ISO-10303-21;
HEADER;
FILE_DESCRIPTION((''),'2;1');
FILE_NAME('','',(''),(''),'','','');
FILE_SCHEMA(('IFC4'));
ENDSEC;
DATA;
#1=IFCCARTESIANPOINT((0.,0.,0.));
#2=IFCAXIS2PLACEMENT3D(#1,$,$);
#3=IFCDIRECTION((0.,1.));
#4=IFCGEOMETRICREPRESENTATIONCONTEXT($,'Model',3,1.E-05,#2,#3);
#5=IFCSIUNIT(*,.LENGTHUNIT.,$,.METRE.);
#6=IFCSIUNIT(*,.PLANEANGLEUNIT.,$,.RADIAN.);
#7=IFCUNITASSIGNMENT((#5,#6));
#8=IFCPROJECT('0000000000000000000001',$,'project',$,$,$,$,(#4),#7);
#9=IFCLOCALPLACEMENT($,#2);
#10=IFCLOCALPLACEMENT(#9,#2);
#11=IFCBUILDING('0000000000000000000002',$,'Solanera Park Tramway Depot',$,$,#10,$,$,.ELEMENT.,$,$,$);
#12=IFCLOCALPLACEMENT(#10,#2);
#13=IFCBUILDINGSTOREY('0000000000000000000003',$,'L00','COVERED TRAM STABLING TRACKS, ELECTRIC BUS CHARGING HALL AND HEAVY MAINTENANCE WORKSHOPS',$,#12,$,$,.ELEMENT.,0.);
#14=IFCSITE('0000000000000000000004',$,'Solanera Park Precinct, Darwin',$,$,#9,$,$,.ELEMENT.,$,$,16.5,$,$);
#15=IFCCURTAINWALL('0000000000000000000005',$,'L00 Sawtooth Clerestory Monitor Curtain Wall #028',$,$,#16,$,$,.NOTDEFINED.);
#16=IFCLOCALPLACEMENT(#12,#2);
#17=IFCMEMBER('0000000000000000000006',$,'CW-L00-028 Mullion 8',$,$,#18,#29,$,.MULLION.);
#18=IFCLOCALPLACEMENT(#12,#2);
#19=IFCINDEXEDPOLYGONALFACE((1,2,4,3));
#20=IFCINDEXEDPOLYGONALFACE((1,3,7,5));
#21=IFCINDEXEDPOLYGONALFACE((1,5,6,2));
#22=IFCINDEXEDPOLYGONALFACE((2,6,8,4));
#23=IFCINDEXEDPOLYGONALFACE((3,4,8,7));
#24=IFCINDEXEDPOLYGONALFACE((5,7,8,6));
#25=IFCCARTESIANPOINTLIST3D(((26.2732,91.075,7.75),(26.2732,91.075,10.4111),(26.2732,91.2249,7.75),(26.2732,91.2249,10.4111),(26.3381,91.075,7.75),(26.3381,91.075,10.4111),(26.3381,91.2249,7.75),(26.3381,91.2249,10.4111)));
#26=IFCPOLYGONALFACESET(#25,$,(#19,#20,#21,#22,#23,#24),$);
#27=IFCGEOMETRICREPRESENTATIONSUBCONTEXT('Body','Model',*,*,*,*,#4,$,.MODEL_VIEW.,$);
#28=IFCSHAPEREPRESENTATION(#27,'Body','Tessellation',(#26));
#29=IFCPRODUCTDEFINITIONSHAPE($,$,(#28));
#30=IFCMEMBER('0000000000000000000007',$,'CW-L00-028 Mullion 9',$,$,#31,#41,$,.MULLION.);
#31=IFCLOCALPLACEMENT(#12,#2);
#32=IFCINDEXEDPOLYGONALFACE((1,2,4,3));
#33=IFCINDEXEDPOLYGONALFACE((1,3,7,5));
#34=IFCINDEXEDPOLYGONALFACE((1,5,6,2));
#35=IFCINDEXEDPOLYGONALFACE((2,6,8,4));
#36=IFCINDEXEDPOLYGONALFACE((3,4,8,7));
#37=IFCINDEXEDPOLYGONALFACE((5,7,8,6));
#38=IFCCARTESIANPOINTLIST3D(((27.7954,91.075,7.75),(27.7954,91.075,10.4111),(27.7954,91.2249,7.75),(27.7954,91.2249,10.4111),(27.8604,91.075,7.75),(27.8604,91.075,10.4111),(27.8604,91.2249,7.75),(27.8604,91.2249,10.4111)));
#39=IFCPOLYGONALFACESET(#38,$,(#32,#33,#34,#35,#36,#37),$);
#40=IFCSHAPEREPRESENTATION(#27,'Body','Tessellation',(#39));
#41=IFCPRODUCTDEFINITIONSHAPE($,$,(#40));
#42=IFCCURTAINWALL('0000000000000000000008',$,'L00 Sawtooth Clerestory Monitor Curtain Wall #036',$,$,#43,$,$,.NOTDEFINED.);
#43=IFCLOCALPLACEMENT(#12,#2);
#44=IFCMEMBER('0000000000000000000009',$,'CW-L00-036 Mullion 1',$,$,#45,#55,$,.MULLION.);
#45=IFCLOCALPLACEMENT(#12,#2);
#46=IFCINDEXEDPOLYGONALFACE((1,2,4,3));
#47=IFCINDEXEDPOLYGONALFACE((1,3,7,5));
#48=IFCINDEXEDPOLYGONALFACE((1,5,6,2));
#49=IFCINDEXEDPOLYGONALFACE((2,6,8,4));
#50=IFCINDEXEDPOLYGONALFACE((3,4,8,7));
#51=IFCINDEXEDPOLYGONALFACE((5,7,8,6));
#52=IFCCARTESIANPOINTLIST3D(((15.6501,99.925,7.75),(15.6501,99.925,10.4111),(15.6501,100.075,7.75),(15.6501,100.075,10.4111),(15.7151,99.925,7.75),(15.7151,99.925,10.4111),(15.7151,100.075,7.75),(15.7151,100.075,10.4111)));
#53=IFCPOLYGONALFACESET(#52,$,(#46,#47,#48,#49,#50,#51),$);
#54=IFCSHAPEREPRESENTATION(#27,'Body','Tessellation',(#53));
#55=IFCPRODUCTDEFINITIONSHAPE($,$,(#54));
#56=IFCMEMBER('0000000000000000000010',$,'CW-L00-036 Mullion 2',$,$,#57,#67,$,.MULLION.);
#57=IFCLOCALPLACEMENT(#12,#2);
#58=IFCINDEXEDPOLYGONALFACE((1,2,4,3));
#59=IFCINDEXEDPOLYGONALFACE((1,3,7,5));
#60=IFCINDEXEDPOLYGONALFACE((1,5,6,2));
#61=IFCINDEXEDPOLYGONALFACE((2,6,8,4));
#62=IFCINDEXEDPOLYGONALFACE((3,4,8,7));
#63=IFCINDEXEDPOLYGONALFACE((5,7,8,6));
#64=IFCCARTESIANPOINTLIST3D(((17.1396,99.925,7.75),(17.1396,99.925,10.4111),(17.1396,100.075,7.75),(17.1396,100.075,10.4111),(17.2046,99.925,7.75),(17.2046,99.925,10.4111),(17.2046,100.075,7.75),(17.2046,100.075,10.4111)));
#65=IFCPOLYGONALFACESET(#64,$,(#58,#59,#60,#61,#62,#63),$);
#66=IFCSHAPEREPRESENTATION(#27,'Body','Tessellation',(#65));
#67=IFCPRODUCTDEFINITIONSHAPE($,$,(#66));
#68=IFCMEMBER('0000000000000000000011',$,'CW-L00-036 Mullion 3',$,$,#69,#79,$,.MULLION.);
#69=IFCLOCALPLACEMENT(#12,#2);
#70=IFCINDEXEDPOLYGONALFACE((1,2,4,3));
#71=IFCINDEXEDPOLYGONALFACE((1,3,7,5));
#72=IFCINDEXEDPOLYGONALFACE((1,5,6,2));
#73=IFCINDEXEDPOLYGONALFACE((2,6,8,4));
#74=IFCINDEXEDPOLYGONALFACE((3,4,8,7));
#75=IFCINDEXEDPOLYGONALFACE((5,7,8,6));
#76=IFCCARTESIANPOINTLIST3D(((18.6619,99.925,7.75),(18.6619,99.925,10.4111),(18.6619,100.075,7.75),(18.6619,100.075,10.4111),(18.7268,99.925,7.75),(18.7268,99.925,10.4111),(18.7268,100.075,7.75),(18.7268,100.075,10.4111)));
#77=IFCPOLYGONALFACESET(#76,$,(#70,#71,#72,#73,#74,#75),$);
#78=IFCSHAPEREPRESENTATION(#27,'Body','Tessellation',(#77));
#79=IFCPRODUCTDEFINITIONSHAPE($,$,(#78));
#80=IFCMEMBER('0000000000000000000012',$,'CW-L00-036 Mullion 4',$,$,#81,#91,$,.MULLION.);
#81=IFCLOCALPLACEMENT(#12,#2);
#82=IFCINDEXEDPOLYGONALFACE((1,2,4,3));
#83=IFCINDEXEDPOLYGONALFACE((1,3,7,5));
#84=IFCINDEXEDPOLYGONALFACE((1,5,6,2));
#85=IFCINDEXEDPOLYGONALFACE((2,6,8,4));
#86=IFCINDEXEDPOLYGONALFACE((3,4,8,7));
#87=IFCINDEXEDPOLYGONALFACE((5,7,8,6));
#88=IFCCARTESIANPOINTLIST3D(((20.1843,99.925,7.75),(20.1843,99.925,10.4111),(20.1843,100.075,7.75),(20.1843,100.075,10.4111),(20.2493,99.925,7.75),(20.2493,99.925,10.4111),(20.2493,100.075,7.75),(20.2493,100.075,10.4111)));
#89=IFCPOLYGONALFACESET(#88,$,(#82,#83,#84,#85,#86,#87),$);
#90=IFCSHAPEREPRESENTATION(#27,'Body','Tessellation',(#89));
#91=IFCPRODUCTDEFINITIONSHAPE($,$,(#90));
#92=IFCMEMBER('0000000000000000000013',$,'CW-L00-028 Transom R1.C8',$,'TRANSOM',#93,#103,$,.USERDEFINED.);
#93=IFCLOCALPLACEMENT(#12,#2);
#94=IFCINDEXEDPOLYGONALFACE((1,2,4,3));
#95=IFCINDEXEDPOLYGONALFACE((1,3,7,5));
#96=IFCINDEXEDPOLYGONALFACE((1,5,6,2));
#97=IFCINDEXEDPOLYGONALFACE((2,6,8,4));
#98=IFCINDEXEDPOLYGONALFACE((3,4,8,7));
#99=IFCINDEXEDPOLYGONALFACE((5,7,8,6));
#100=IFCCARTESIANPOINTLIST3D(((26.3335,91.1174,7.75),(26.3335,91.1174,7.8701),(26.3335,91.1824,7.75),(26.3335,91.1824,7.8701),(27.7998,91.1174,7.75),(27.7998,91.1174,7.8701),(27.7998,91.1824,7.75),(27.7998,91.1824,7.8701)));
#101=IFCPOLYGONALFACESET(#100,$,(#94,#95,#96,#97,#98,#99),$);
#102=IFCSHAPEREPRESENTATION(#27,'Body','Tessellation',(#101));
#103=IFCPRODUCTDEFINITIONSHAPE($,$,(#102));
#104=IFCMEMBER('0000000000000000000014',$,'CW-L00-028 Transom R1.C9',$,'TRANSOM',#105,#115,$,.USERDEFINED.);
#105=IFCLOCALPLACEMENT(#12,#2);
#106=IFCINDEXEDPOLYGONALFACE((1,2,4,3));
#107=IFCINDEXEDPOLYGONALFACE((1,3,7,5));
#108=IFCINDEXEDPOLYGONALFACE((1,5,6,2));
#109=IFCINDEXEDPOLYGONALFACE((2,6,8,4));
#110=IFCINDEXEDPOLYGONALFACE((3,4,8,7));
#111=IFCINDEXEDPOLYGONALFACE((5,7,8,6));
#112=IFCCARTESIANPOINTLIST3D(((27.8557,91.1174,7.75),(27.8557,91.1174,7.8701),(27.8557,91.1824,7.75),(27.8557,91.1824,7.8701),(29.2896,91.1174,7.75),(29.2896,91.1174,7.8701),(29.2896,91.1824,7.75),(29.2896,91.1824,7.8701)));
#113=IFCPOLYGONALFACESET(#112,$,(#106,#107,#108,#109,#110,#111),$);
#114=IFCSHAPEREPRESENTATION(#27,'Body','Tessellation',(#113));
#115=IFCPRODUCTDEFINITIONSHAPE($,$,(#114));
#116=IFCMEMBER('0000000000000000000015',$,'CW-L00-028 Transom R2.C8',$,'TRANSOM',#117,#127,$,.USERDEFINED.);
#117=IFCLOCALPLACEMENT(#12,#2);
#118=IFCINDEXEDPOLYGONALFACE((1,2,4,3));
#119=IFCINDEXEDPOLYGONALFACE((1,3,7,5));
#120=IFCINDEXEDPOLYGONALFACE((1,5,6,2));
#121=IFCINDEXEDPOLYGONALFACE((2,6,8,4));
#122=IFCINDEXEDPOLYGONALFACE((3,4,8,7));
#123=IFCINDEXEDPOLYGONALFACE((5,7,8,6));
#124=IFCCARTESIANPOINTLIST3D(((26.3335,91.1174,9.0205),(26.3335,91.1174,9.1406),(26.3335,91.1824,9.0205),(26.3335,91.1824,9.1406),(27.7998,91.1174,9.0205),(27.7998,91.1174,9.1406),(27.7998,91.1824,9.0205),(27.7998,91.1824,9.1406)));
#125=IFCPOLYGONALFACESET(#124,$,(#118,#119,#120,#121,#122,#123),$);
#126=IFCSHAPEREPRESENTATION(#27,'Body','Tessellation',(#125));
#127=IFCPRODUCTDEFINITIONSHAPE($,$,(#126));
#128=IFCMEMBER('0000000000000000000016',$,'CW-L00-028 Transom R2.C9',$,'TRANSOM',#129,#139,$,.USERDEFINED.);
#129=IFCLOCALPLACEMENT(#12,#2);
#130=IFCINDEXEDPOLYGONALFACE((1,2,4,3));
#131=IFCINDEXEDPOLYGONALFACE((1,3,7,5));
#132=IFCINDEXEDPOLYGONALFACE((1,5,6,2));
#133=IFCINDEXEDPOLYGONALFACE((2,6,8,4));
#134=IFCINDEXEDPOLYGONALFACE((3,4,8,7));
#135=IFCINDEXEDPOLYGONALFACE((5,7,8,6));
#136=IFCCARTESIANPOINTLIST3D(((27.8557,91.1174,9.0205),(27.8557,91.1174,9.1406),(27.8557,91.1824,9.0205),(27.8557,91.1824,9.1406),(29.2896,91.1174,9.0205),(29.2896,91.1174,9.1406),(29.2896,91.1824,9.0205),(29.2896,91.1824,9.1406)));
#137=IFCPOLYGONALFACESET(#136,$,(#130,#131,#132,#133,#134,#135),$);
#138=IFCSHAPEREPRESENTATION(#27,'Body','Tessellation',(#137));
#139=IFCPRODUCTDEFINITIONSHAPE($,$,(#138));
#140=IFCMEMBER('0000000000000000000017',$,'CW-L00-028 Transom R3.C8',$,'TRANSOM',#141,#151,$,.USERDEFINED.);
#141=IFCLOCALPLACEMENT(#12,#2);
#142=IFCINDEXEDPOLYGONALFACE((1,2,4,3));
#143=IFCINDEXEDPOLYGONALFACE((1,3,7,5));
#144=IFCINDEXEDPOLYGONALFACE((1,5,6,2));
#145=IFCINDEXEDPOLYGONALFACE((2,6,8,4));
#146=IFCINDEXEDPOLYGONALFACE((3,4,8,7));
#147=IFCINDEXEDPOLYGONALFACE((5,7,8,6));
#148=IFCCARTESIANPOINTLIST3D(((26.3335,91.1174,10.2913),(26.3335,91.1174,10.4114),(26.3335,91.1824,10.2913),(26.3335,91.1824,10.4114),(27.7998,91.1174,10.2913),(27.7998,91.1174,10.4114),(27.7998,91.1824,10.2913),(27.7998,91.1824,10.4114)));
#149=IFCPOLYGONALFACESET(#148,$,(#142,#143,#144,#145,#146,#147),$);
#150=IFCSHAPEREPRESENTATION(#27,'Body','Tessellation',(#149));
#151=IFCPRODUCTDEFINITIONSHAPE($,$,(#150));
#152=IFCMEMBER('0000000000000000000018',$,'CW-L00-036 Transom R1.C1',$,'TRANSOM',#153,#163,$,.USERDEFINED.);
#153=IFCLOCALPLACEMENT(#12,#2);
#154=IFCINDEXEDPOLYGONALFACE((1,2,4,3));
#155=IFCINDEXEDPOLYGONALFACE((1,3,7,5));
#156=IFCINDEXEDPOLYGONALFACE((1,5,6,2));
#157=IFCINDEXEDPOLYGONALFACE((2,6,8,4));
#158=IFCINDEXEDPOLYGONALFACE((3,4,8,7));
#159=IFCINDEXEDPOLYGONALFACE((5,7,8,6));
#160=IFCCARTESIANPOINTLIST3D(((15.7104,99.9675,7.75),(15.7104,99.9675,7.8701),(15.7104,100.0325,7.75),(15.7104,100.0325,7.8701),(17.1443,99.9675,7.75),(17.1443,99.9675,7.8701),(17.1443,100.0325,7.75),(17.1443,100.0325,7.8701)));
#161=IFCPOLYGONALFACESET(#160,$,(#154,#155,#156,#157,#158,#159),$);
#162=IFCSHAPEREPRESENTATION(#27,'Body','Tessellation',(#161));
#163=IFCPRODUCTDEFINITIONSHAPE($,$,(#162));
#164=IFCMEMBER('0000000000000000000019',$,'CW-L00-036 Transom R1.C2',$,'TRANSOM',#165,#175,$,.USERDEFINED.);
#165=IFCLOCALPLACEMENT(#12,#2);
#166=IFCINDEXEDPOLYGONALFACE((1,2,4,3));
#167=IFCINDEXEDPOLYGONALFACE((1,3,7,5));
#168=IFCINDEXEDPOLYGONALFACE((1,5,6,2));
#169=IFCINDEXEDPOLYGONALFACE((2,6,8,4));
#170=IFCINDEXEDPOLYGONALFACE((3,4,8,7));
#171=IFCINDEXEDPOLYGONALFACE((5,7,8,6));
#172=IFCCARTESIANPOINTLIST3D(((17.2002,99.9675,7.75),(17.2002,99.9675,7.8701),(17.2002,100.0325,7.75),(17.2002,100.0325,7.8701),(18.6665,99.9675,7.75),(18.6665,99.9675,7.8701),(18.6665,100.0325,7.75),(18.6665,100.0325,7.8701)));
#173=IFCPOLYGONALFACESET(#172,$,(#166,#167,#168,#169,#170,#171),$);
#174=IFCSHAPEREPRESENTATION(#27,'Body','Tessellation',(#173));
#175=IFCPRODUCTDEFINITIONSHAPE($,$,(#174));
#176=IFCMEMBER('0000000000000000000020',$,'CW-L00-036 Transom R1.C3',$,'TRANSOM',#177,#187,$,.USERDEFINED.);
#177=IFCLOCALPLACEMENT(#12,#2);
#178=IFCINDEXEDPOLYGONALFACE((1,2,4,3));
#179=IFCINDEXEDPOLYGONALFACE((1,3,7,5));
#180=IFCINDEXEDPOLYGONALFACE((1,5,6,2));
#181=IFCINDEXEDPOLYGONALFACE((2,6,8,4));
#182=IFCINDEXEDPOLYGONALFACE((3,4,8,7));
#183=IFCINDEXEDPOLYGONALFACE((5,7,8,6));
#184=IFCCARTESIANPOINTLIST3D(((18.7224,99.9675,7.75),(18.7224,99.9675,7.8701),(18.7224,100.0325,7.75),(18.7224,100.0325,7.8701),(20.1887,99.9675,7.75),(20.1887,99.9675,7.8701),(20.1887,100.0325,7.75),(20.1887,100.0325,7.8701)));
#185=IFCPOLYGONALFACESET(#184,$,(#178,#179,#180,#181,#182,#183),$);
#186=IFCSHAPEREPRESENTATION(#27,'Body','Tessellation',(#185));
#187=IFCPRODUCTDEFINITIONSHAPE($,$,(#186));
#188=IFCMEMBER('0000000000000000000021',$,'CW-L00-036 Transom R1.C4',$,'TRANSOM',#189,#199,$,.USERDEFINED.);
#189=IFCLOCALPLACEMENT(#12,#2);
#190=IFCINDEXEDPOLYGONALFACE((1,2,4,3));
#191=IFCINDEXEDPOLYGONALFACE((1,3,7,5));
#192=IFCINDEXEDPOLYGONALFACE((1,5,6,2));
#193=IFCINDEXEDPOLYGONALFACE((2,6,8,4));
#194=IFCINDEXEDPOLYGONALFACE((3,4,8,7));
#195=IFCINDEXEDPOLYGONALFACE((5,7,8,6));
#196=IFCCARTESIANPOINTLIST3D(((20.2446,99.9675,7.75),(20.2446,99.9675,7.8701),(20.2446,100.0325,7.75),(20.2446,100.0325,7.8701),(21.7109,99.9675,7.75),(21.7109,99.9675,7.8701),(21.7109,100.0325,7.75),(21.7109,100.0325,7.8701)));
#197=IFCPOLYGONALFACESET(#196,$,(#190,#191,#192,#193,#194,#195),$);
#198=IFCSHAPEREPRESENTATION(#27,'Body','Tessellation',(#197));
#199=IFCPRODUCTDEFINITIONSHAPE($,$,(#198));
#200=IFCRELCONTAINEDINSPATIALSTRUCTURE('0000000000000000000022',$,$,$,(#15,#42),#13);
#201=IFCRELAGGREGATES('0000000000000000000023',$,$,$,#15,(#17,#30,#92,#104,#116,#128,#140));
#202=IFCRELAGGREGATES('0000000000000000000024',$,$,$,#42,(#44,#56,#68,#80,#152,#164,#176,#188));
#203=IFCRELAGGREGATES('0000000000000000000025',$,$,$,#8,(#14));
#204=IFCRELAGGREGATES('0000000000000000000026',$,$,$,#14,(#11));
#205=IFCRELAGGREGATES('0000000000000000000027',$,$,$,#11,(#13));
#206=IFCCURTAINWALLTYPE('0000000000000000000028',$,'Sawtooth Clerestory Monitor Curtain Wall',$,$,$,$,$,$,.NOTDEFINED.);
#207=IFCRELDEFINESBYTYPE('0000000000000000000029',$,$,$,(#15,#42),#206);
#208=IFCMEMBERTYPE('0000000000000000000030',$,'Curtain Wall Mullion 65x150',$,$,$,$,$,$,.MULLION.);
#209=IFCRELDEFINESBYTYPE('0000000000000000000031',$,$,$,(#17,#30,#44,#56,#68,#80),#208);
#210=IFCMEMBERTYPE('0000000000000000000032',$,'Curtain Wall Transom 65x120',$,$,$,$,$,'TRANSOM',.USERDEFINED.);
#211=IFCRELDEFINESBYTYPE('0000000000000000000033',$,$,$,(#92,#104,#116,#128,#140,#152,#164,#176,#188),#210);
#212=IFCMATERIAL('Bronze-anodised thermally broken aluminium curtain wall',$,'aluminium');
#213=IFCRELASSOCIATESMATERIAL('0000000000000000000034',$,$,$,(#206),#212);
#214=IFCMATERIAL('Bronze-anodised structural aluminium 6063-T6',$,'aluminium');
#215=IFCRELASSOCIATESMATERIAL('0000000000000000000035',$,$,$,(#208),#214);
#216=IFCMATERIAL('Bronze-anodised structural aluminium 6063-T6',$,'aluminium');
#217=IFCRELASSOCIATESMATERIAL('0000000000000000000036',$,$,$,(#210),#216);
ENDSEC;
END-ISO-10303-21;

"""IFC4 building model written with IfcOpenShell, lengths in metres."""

from ifc_helpers import new_model, si_unit, direction, frame, origin, origin_2d, place, context, subcontext, project, spatial, rectangle, extrude, material, material_profile, profile_set, type_object, element, aggregate, save


model = new_model("IFC4")

# Units and contexts
model_context = context("Model", 3, precision=1e-05, world=origin(), true_north=direction((0.0, 1.0)))
body_context = subcontext(model_context, "Body", "Model", "MODEL_VIEW")
ifc_project = project(units=[si_unit("LENGTHUNIT", "METRE"), si_unit("PLANEANGLEUNIT", "RADIAN")], contexts=[model_context])

# Site, building, storey
site_placement = place(None, origin())
site = spatial("IfcSite", under=ifc_project, at=site_placement, Name="Solanera Park Precinct, Darwin", CompositionType="ELEMENT", RefElevation=16.5)
building_placement = place(site_placement, origin())
building = spatial("IfcBuilding", under=site, at=building_placement, Name="Solanera Park Tramway Depot", CompositionType="ELEMENT")
storey_placement = place(building_placement, origin())
storey = spatial("IfcBuildingStorey", under=building, at=storey_placement, Name="L00", Description="COVERED TRAM STABLING TRACKS, ELECTRIC BUS CHARGING HALL AND HEAVY MAINTENANCE WORKSHOPS", CompositionType="ELEMENT", Elevation=0.0)

# Curtain walls, members
ifc_material_1 = material(Name="Bronze-anodised thermally broken aluminium curtain wall", Category="aluminium")
curtain_wall_type = type_object("IfcCurtainWallType", Name="Sawtooth Clerestory Monitor Curtain Wall", PredefinedType="NOTDEFINED", material=ifc_material_1)
curtain_wall_1_placement = place(storey_placement, origin())
curtain_wall_1 = element("IfcCurtainWall", 1, at=curtain_wall_1_placement, inside=storey, type_object=curtain_wall_type, Name="L00 Sawtooth Clerestory Monitor Curtain Wall #028", PredefinedType="NOTDEFINED")
ifc_material_2 = material(Name="Bronze-anodised structural aluminium 6063-T6", Category="aluminium")
ifc_material_profile_1 = material_profile(ifc_material_2, rectangle(XDim=0.0649, YDim=0.1499, at=origin_2d()), Name="Curtain Wall Mullion 65x150")
ifc_profile_set_1 = profile_set([ifc_material_profile_1], Name="Bronze-anodised structural aluminium 6063-T6")
member_type_1 = type_object("IfcMemberType", Name="Curtain Wall Mullion 65x150", PredefinedType="MULLION", material=ifc_profile_set_1)
member_1_placement = place(storey_placement, frame((26.3057, 91.1499, 7.75), z_axis=(0.0, 0.0, 1.0), x_axis=(1.0, 0.0, 0.0)))
member_1 = element("IfcMember", 2, at=member_1_placement, type_object=member_type_1, Name="CW-L00-028 Mullion 8", PredefinedType="MULLION", context=body_context, shape_type="SweptSolid", body=[
    extrude(rectangle(XDim=0.0649, YDim=0.1499, at=origin_2d()), origin(), (0.0, 0.0, 1.0), 2.6611),
])
member_2_placement = place(storey_placement, frame((27.8279, 91.1499, 7.75), z_axis=(0.0, 0.0, 1.0), x_axis=(1.0, 0.0, 0.0)))
member_2 = element("IfcMember", 3, at=member_2_placement, type_object=member_type_1, Name="CW-L00-028 Mullion 9", PredefinedType="MULLION", context=body_context, shape_type="SweptSolid", body=[
    extrude(rectangle(XDim=0.0649, YDim=0.1499, at=origin_2d()), origin(), (0.0, 0.0, 1.0), 2.6611),
])
curtain_wall_2_placement = place(storey_placement, origin())
curtain_wall_2 = element("IfcCurtainWall", 4, at=curtain_wall_2_placement, inside=storey, type_object=curtain_wall_type, Name="L00 Sawtooth Clerestory Monitor Curtain Wall #036", PredefinedType="NOTDEFINED")
member_3_placement = place(storey_placement, frame((15.6826, 100.0, 7.75), z_axis=(0.0, 0.0, 1.0), x_axis=(1.0, 0.0, 0.0)))
member_3 = element("IfcMember", 5, at=member_3_placement, type_object=member_type_1, Name="CW-L00-036 Mullion 1", PredefinedType="MULLION", context=body_context, shape_type="SweptSolid", body=[
    extrude(rectangle(XDim=0.0649, YDim=0.1499, at=origin_2d()), origin(), (0.0, 0.0, 1.0), 2.6611),
])
member_4_placement = place(storey_placement, frame((17.1721, 100.0, 7.75), z_axis=(0.0, 0.0, 1.0), x_axis=(1.0, 0.0, 0.0)))
member_4 = element("IfcMember", 6, at=member_4_placement, type_object=member_type_1, Name="CW-L00-036 Mullion 2", PredefinedType="MULLION", context=body_context, shape_type="SweptSolid", body=[
    extrude(rectangle(XDim=0.0649, YDim=0.1499, at=origin_2d()), origin(), (0.0, 0.0, 1.0), 2.6611),
])
member_5_placement = place(storey_placement, frame((18.6943, 100.0, 7.75), z_axis=(0.0, 0.0, 1.0), x_axis=(1.0, 0.0, 0.0)))
member_5 = element("IfcMember", 7, at=member_5_placement, type_object=member_type_1, Name="CW-L00-036 Mullion 3", PredefinedType="MULLION", context=body_context, shape_type="SweptSolid", body=[
    extrude(rectangle(XDim=0.0649, YDim=0.1499, at=origin_2d()), origin(), (0.0, 0.0, 1.0), 2.6611),
])
member_6_placement = place(storey_placement, frame((20.2168, 100.0, 7.75), z_axis=(0.0, 0.0, 1.0), x_axis=(1.0, 0.0, 0.0)))
member_6 = element("IfcMember", 8, at=member_6_placement, type_object=member_type_1, Name="CW-L00-036 Mullion 4", PredefinedType="MULLION", context=body_context, shape_type="SweptSolid", body=[
    extrude(rectangle(XDim=0.0649, YDim=0.1499, at=origin_2d()), origin(), (0.0, 0.0, 1.0), 2.6611),
])

# Members
ifc_material_3 = material(Name="Bronze-anodised structural aluminium 6063-T6", Category="aluminium")
ifc_material_profile_2 = material_profile(ifc_material_3, rectangle(XDim=0.0649, YDim=0.1201, at=origin_2d()), Name="Curtain Wall Transom 65x120")
ifc_profile_set_2 = profile_set([ifc_material_profile_2], Name="Bronze-anodised structural aluminium 6063-T6")
member_type_2 = type_object("IfcMemberType", Name="Curtain Wall Transom 65x120", ElementType="TRANSOM", PredefinedType="USERDEFINED", material=ifc_profile_set_2)
member_7_placement = place(storey_placement, frame((26.3335, 91.1499, 7.8101), z_axis=(1.0, 0.0, 0.0), x_axis=(0.0, 1.0, 0.0)))
member_7 = element("IfcMember", 9, at=member_7_placement, type_object=member_type_2, Name="CW-L00-028 Transom R1.C8", ObjectType="TRANSOM", PredefinedType="USERDEFINED", context=body_context, shape_type="SweptSolid", body=[
    extrude(rectangle(XDim=0.0649, YDim=0.1201, at=origin_2d()), origin(), (0.0, 0.0, 1.0), 1.4663),
])
member_8_placement = place(storey_placement, frame((27.8557, 91.1499, 7.8101), z_axis=(1.0, 0.0, 0.0), x_axis=(0.0, 1.0, 0.0)))
member_8 = element("IfcMember", 10, at=member_8_placement, type_object=member_type_2, Name="CW-L00-028 Transom R1.C9", ObjectType="TRANSOM", PredefinedType="USERDEFINED", context=body_context, shape_type="SweptSolid", body=[
    extrude(rectangle(XDim=0.0649, YDim=0.1201, at=origin_2d()), origin(), (0.0, 0.0, 1.0), 1.4338),
])
member_9_placement = place(storey_placement, frame((26.3335, 91.1499, 9.0806), z_axis=(1.0, 0.0, 0.0), x_axis=(0.0, 1.0, 0.0)))
member_9 = element("IfcMember", 11, at=member_9_placement, type_object=member_type_2, Name="CW-L00-028 Transom R2.C8", ObjectType="TRANSOM", PredefinedType="USERDEFINED", context=body_context, shape_type="SweptSolid", body=[
    extrude(rectangle(XDim=0.0649, YDim=0.1201, at=origin_2d()), origin(), (0.0, 0.0, 1.0), 1.4663),
])
member_10_placement = place(storey_placement, frame((27.8557, 91.1499, 9.0806), z_axis=(1.0, 0.0, 0.0), x_axis=(0.0, 1.0, 0.0)))
member_10 = element("IfcMember", 12, at=member_10_placement, type_object=member_type_2, Name="CW-L00-028 Transom R2.C9", ObjectType="TRANSOM", PredefinedType="USERDEFINED", context=body_context, shape_type="SweptSolid", body=[
    extrude(rectangle(XDim=0.0649, YDim=0.1201, at=origin_2d()), origin(), (0.0, 0.0, 1.0), 1.4338),
])
member_11_placement = place(storey_placement, frame((26.3335, 91.1499, 10.3513), z_axis=(1.0, 0.0, 0.0), x_axis=(0.0, 1.0, 0.0)))
member_11 = element("IfcMember", 13, at=member_11_placement, type_object=member_type_2, Name="CW-L00-028 Transom R3.C8", ObjectType="TRANSOM", PredefinedType="USERDEFINED", context=body_context, shape_type="SweptSolid", body=[
    extrude(rectangle(XDim=0.0649, YDim=0.1201, at=origin_2d()), origin(), (0.0, 0.0, 1.0), 1.4663),
])
member_12_placement = place(storey_placement, frame((15.7104, 100.0, 7.8101), z_axis=(1.0, 0.0, 0.0), x_axis=(0.0, 1.0, 0.0)))
member_12 = element("IfcMember", 14, at=member_12_placement, type_object=member_type_2, Name="CW-L00-036 Transom R1.C1", ObjectType="TRANSOM", PredefinedType="USERDEFINED", context=body_context, shape_type="SweptSolid", body=[
    extrude(rectangle(XDim=0.0649, YDim=0.1201, at=origin_2d()), origin(), (0.0, 0.0, 1.0), 1.4338),
])
member_13_placement = place(storey_placement, frame((17.2002, 100.0, 7.8101), z_axis=(1.0, 0.0, 0.0), x_axis=(0.0, 1.0, 0.0)))
member_13 = element("IfcMember", 15, at=member_13_placement, type_object=member_type_2, Name="CW-L00-036 Transom R1.C2", ObjectType="TRANSOM", PredefinedType="USERDEFINED", context=body_context, shape_type="SweptSolid", body=[
    extrude(rectangle(XDim=0.0649, YDim=0.1201, at=origin_2d()), origin(), (0.0, 0.0, 1.0), 1.4663),
])
member_14_placement = place(storey_placement, frame((18.7224, 100.0, 7.8101), z_axis=(1.0, 0.0, 0.0), x_axis=(0.0, 1.0, 0.0)))
member_14 = element("IfcMember", 16, at=member_14_placement, type_object=member_type_2, Name="CW-L00-036 Transom R1.C3", ObjectType="TRANSOM", PredefinedType="USERDEFINED", context=body_context, shape_type="SweptSolid", body=[
    extrude(rectangle(XDim=0.0649, YDim=0.1201, at=origin_2d()), origin(), (0.0, 0.0, 1.0), 1.4663),
])
member_15_placement = place(storey_placement, frame((20.2446, 100.0, 7.8101), z_axis=(1.0, 0.0, 0.0), x_axis=(0.0, 1.0, 0.0)))
member_15 = element("IfcMember", 17, at=member_15_placement, type_object=member_type_2, Name="CW-L00-036 Transom R1.C4", ObjectType="TRANSOM", PredefinedType="USERDEFINED", context=body_context, shape_type="SweptSolid", body=[
    extrude(rectangle(XDim=0.0649, YDim=0.1201, at=origin_2d()), origin(), (0.0, 0.0, 1.0), 1.4663),
])

aggregate(curtain_wall_1, [member_1, member_2, member_7, member_8, member_9, member_10, member_11])
aggregate(curtain_wall_2, [member_3, member_4, member_5, member_6, member_12, member_13, member_14, member_15])

save(model, "model.ifc")
